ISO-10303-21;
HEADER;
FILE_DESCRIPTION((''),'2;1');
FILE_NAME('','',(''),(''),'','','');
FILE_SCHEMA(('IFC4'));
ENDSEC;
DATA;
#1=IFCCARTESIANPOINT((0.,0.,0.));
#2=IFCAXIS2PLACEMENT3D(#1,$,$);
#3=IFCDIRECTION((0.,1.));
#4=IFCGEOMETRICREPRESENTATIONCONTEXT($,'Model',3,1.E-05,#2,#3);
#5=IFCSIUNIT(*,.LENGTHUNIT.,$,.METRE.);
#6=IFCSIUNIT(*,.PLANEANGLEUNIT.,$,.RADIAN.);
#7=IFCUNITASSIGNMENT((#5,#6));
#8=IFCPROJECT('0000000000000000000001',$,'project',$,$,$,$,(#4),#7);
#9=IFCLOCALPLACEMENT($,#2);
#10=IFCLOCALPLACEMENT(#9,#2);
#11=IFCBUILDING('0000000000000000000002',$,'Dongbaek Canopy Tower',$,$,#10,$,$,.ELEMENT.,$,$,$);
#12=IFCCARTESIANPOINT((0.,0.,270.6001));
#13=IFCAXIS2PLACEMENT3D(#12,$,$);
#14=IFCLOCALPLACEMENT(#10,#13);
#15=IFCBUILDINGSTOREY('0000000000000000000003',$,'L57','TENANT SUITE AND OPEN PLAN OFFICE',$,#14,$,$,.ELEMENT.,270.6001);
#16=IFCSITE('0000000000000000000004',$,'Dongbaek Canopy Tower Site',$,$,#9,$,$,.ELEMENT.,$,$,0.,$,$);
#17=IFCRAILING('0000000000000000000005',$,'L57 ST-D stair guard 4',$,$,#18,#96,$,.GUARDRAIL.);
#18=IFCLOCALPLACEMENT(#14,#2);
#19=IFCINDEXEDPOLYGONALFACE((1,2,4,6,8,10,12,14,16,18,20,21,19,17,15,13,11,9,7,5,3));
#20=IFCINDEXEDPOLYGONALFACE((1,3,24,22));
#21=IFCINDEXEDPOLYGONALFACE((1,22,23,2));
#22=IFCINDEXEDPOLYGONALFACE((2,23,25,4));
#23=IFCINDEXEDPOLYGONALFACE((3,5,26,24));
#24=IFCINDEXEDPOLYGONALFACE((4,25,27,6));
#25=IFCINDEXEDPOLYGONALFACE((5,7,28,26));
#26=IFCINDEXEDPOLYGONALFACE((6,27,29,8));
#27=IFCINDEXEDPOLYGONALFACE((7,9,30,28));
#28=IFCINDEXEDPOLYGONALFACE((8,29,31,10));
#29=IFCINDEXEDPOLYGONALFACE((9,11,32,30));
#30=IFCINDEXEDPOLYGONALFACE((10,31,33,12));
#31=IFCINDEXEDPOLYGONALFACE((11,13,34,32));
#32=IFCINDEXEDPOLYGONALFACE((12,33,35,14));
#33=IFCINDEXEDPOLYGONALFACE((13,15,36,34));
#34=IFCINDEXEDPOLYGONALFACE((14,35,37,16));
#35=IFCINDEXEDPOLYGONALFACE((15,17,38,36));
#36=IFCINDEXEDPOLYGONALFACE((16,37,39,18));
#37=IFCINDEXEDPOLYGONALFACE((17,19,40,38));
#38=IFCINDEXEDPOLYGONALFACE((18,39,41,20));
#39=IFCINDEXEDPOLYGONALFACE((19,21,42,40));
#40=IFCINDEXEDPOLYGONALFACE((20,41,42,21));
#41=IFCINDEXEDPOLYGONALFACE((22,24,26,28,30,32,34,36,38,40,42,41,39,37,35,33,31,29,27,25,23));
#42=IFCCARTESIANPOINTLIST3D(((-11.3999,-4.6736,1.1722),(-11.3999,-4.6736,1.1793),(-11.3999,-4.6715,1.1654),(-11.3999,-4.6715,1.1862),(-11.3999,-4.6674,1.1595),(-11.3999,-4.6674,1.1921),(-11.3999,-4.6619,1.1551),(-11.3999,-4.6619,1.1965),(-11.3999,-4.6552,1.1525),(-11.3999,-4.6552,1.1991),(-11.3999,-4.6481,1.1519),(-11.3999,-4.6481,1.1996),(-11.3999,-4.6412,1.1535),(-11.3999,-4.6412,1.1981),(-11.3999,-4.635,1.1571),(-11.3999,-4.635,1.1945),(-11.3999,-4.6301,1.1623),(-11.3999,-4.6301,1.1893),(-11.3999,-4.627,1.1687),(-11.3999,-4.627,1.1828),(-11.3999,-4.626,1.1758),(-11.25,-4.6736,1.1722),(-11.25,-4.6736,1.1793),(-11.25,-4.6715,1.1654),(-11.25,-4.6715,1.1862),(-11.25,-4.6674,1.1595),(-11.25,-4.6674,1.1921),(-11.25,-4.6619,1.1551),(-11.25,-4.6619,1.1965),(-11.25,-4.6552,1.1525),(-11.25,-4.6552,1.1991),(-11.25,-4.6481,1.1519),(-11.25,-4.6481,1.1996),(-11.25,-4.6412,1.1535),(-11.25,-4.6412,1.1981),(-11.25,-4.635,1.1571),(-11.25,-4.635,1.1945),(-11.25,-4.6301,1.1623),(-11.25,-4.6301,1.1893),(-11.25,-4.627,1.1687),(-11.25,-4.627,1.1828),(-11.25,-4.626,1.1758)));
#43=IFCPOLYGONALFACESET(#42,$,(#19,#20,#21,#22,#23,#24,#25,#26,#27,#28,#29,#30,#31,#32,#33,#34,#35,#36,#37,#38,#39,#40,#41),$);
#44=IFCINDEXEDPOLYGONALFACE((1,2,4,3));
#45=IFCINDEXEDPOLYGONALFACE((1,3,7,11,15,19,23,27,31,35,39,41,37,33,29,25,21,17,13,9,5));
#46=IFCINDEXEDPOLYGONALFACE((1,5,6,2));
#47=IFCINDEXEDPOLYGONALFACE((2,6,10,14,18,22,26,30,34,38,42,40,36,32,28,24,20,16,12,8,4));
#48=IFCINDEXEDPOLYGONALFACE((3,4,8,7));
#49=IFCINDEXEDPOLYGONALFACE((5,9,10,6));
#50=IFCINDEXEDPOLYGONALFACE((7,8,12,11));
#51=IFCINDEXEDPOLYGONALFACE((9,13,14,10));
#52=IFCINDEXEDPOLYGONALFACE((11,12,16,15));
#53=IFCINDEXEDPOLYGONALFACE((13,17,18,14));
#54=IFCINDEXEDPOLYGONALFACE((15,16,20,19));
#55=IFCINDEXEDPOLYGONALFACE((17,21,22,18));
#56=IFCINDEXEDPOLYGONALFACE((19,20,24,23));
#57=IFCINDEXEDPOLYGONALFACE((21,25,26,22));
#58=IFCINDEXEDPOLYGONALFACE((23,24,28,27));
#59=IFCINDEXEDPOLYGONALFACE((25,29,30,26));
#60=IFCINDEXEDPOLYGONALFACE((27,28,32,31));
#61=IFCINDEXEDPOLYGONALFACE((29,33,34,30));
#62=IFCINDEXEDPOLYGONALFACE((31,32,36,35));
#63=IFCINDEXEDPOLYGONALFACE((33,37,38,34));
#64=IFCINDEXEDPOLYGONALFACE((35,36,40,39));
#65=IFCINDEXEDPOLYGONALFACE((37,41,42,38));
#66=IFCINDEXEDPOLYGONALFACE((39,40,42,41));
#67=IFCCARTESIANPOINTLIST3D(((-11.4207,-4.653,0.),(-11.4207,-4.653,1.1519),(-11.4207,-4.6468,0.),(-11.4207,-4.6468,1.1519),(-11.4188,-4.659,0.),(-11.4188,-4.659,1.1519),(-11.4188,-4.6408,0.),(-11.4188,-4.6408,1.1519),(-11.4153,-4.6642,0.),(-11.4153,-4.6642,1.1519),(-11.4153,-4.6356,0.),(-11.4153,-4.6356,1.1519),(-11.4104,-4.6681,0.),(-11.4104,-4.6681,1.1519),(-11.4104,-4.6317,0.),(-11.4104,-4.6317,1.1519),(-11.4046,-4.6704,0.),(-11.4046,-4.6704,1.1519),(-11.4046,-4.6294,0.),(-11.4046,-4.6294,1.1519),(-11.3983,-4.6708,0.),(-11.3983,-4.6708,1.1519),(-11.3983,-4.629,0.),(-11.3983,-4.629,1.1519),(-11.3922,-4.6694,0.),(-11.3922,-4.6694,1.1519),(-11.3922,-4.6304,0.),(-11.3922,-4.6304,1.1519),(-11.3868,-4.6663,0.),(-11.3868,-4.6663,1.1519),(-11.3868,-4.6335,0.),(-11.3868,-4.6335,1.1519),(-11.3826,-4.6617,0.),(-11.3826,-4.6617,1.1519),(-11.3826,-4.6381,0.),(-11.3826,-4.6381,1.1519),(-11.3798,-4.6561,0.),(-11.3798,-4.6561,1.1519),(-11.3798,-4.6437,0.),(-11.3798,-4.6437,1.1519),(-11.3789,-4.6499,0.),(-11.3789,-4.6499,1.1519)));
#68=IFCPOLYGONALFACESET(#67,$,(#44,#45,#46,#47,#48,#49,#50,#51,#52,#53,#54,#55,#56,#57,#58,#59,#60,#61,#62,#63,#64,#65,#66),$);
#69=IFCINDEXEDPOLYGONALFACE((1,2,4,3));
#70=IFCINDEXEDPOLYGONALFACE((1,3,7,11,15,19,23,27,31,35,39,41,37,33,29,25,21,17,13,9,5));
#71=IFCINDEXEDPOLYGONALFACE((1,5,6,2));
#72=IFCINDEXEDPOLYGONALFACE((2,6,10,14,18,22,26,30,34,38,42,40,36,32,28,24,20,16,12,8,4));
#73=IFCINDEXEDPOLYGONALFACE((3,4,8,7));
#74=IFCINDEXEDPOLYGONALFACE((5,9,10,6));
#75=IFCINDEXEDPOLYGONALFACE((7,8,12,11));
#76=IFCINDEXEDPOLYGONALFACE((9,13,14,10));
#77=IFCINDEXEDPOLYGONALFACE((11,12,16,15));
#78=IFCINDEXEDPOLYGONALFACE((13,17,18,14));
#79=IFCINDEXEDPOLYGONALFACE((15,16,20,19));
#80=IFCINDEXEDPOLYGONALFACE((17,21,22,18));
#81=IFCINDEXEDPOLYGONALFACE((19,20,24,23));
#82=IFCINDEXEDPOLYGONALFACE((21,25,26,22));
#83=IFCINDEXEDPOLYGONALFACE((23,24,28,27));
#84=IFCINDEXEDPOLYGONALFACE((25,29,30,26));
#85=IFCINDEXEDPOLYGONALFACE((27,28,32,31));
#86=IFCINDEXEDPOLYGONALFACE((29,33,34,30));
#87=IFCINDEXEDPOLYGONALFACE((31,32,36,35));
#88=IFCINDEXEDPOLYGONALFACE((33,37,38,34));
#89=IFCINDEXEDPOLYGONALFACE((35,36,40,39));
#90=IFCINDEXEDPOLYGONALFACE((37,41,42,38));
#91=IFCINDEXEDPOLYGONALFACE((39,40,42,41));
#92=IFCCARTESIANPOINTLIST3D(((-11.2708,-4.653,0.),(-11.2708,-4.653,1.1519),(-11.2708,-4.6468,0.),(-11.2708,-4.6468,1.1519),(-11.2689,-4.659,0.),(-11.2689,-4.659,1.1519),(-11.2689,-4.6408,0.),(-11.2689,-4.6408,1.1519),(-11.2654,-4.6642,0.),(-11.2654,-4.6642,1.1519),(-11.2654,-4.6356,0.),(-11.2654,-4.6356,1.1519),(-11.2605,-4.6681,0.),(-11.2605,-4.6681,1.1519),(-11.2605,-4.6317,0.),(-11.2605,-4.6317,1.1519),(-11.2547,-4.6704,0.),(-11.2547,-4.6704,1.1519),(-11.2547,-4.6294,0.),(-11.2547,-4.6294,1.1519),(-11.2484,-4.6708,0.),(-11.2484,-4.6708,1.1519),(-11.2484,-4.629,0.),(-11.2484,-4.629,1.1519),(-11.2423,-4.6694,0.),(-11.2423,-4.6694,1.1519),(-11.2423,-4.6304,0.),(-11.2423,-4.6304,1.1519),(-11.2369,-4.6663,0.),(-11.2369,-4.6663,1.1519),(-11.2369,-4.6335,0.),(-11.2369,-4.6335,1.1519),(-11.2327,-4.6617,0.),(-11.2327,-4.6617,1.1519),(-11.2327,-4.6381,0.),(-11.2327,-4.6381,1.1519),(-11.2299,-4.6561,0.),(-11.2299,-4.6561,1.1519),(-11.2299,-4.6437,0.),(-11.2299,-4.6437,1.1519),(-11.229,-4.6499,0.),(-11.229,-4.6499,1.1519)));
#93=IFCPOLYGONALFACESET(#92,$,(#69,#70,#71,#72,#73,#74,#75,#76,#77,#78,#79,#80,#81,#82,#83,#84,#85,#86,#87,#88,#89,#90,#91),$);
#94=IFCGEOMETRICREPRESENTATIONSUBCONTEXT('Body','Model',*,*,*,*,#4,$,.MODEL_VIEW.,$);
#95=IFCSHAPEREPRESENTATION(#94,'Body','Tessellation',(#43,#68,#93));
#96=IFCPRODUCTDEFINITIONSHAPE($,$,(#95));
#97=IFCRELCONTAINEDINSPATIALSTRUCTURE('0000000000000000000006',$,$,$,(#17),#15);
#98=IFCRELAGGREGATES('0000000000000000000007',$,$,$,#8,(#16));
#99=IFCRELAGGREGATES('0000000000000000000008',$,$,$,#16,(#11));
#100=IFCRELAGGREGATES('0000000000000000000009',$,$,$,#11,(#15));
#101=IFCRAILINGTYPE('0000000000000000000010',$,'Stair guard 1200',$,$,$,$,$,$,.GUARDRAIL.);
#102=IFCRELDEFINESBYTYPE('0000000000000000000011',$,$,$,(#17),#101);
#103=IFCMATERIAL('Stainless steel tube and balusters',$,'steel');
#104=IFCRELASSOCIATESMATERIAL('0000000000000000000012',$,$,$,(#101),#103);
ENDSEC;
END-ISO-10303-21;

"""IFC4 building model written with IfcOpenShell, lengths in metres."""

from ifc_helpers import new_model, si_unit, direction, frame, origin, origin_2d, place, context, subcontext, project, spatial, circle, extrude, material, type_object, element, save


model = new_model("IFC4")

# Units and contexts
model_context = context("Model", 3, precision=1e-05, world=origin(), true_north=direction((0.0, 1.0)))
body_context = subcontext(model_context, "Body", "Model", "MODEL_VIEW")
ifc_project = project(units=[si_unit("LENGTHUNIT", "METRE"), si_unit("PLANEANGLEUNIT", "RADIAN")], contexts=[model_context])

# Site, building, storey
site_placement = place(None, origin())
site = spatial("IfcSite", under=ifc_project, at=site_placement, Name="Dongbaek Canopy Tower Site", CompositionType="ELEMENT", RefElevation=0.0)
building_placement = place(site_placement, origin())
building = spatial("IfcBuilding", under=site, at=building_placement, Name="Dongbaek Canopy Tower", CompositionType="ELEMENT")
storey_placement = place(building_placement, frame((0.0, 0.0, 270.6001)))
storey = spatial("IfcBuildingStorey", under=building, at=storey_placement, Name="L57", Description="TENANT SUITE AND OPEN PLAN OFFICE", CompositionType="ELEMENT", Elevation=270.6001)

# Railing
ifc_material_1 = material(Name="Stainless steel tube and balusters", Category="steel")
railing_type_1 = type_object("IfcRailingType", Name="Stair guard 1200", PredefinedType="GUARDRAIL", material=ifc_material_1)
railing_1_placement = place(storey_placement, frame((-11.3999, -4.6499, 0.0)))
element("IfcRailing", 1, at=railing_1_placement, inside=storey, type_object=railing_type_1, Name="L57 ST-D stair guard 4", PredefinedType="GUARDRAIL", context=body_context, shape_type="SweptSolid", body=[
    extrude(circle(Radius=0.0239, at=origin_2d()), frame((0.0, 0.0, 1.1758), z_axis=(1.0, 0.0, 0.0), x_axis=(0.0, 1.0, 0.0)), (0.0, 0.0, 1.0), 0.1499),
    extrude(circle(Radius=0.021, at=origin_2d()), origin(), (0.0, 0.0, 1.0), 1.1519),
    extrude(circle(Radius=0.021, at=origin_2d()), frame((0.1499, 0.0, 0.0)), (0.0, 0.0, 1.0), 1.1519),
])

save(model, "model.ifc")
